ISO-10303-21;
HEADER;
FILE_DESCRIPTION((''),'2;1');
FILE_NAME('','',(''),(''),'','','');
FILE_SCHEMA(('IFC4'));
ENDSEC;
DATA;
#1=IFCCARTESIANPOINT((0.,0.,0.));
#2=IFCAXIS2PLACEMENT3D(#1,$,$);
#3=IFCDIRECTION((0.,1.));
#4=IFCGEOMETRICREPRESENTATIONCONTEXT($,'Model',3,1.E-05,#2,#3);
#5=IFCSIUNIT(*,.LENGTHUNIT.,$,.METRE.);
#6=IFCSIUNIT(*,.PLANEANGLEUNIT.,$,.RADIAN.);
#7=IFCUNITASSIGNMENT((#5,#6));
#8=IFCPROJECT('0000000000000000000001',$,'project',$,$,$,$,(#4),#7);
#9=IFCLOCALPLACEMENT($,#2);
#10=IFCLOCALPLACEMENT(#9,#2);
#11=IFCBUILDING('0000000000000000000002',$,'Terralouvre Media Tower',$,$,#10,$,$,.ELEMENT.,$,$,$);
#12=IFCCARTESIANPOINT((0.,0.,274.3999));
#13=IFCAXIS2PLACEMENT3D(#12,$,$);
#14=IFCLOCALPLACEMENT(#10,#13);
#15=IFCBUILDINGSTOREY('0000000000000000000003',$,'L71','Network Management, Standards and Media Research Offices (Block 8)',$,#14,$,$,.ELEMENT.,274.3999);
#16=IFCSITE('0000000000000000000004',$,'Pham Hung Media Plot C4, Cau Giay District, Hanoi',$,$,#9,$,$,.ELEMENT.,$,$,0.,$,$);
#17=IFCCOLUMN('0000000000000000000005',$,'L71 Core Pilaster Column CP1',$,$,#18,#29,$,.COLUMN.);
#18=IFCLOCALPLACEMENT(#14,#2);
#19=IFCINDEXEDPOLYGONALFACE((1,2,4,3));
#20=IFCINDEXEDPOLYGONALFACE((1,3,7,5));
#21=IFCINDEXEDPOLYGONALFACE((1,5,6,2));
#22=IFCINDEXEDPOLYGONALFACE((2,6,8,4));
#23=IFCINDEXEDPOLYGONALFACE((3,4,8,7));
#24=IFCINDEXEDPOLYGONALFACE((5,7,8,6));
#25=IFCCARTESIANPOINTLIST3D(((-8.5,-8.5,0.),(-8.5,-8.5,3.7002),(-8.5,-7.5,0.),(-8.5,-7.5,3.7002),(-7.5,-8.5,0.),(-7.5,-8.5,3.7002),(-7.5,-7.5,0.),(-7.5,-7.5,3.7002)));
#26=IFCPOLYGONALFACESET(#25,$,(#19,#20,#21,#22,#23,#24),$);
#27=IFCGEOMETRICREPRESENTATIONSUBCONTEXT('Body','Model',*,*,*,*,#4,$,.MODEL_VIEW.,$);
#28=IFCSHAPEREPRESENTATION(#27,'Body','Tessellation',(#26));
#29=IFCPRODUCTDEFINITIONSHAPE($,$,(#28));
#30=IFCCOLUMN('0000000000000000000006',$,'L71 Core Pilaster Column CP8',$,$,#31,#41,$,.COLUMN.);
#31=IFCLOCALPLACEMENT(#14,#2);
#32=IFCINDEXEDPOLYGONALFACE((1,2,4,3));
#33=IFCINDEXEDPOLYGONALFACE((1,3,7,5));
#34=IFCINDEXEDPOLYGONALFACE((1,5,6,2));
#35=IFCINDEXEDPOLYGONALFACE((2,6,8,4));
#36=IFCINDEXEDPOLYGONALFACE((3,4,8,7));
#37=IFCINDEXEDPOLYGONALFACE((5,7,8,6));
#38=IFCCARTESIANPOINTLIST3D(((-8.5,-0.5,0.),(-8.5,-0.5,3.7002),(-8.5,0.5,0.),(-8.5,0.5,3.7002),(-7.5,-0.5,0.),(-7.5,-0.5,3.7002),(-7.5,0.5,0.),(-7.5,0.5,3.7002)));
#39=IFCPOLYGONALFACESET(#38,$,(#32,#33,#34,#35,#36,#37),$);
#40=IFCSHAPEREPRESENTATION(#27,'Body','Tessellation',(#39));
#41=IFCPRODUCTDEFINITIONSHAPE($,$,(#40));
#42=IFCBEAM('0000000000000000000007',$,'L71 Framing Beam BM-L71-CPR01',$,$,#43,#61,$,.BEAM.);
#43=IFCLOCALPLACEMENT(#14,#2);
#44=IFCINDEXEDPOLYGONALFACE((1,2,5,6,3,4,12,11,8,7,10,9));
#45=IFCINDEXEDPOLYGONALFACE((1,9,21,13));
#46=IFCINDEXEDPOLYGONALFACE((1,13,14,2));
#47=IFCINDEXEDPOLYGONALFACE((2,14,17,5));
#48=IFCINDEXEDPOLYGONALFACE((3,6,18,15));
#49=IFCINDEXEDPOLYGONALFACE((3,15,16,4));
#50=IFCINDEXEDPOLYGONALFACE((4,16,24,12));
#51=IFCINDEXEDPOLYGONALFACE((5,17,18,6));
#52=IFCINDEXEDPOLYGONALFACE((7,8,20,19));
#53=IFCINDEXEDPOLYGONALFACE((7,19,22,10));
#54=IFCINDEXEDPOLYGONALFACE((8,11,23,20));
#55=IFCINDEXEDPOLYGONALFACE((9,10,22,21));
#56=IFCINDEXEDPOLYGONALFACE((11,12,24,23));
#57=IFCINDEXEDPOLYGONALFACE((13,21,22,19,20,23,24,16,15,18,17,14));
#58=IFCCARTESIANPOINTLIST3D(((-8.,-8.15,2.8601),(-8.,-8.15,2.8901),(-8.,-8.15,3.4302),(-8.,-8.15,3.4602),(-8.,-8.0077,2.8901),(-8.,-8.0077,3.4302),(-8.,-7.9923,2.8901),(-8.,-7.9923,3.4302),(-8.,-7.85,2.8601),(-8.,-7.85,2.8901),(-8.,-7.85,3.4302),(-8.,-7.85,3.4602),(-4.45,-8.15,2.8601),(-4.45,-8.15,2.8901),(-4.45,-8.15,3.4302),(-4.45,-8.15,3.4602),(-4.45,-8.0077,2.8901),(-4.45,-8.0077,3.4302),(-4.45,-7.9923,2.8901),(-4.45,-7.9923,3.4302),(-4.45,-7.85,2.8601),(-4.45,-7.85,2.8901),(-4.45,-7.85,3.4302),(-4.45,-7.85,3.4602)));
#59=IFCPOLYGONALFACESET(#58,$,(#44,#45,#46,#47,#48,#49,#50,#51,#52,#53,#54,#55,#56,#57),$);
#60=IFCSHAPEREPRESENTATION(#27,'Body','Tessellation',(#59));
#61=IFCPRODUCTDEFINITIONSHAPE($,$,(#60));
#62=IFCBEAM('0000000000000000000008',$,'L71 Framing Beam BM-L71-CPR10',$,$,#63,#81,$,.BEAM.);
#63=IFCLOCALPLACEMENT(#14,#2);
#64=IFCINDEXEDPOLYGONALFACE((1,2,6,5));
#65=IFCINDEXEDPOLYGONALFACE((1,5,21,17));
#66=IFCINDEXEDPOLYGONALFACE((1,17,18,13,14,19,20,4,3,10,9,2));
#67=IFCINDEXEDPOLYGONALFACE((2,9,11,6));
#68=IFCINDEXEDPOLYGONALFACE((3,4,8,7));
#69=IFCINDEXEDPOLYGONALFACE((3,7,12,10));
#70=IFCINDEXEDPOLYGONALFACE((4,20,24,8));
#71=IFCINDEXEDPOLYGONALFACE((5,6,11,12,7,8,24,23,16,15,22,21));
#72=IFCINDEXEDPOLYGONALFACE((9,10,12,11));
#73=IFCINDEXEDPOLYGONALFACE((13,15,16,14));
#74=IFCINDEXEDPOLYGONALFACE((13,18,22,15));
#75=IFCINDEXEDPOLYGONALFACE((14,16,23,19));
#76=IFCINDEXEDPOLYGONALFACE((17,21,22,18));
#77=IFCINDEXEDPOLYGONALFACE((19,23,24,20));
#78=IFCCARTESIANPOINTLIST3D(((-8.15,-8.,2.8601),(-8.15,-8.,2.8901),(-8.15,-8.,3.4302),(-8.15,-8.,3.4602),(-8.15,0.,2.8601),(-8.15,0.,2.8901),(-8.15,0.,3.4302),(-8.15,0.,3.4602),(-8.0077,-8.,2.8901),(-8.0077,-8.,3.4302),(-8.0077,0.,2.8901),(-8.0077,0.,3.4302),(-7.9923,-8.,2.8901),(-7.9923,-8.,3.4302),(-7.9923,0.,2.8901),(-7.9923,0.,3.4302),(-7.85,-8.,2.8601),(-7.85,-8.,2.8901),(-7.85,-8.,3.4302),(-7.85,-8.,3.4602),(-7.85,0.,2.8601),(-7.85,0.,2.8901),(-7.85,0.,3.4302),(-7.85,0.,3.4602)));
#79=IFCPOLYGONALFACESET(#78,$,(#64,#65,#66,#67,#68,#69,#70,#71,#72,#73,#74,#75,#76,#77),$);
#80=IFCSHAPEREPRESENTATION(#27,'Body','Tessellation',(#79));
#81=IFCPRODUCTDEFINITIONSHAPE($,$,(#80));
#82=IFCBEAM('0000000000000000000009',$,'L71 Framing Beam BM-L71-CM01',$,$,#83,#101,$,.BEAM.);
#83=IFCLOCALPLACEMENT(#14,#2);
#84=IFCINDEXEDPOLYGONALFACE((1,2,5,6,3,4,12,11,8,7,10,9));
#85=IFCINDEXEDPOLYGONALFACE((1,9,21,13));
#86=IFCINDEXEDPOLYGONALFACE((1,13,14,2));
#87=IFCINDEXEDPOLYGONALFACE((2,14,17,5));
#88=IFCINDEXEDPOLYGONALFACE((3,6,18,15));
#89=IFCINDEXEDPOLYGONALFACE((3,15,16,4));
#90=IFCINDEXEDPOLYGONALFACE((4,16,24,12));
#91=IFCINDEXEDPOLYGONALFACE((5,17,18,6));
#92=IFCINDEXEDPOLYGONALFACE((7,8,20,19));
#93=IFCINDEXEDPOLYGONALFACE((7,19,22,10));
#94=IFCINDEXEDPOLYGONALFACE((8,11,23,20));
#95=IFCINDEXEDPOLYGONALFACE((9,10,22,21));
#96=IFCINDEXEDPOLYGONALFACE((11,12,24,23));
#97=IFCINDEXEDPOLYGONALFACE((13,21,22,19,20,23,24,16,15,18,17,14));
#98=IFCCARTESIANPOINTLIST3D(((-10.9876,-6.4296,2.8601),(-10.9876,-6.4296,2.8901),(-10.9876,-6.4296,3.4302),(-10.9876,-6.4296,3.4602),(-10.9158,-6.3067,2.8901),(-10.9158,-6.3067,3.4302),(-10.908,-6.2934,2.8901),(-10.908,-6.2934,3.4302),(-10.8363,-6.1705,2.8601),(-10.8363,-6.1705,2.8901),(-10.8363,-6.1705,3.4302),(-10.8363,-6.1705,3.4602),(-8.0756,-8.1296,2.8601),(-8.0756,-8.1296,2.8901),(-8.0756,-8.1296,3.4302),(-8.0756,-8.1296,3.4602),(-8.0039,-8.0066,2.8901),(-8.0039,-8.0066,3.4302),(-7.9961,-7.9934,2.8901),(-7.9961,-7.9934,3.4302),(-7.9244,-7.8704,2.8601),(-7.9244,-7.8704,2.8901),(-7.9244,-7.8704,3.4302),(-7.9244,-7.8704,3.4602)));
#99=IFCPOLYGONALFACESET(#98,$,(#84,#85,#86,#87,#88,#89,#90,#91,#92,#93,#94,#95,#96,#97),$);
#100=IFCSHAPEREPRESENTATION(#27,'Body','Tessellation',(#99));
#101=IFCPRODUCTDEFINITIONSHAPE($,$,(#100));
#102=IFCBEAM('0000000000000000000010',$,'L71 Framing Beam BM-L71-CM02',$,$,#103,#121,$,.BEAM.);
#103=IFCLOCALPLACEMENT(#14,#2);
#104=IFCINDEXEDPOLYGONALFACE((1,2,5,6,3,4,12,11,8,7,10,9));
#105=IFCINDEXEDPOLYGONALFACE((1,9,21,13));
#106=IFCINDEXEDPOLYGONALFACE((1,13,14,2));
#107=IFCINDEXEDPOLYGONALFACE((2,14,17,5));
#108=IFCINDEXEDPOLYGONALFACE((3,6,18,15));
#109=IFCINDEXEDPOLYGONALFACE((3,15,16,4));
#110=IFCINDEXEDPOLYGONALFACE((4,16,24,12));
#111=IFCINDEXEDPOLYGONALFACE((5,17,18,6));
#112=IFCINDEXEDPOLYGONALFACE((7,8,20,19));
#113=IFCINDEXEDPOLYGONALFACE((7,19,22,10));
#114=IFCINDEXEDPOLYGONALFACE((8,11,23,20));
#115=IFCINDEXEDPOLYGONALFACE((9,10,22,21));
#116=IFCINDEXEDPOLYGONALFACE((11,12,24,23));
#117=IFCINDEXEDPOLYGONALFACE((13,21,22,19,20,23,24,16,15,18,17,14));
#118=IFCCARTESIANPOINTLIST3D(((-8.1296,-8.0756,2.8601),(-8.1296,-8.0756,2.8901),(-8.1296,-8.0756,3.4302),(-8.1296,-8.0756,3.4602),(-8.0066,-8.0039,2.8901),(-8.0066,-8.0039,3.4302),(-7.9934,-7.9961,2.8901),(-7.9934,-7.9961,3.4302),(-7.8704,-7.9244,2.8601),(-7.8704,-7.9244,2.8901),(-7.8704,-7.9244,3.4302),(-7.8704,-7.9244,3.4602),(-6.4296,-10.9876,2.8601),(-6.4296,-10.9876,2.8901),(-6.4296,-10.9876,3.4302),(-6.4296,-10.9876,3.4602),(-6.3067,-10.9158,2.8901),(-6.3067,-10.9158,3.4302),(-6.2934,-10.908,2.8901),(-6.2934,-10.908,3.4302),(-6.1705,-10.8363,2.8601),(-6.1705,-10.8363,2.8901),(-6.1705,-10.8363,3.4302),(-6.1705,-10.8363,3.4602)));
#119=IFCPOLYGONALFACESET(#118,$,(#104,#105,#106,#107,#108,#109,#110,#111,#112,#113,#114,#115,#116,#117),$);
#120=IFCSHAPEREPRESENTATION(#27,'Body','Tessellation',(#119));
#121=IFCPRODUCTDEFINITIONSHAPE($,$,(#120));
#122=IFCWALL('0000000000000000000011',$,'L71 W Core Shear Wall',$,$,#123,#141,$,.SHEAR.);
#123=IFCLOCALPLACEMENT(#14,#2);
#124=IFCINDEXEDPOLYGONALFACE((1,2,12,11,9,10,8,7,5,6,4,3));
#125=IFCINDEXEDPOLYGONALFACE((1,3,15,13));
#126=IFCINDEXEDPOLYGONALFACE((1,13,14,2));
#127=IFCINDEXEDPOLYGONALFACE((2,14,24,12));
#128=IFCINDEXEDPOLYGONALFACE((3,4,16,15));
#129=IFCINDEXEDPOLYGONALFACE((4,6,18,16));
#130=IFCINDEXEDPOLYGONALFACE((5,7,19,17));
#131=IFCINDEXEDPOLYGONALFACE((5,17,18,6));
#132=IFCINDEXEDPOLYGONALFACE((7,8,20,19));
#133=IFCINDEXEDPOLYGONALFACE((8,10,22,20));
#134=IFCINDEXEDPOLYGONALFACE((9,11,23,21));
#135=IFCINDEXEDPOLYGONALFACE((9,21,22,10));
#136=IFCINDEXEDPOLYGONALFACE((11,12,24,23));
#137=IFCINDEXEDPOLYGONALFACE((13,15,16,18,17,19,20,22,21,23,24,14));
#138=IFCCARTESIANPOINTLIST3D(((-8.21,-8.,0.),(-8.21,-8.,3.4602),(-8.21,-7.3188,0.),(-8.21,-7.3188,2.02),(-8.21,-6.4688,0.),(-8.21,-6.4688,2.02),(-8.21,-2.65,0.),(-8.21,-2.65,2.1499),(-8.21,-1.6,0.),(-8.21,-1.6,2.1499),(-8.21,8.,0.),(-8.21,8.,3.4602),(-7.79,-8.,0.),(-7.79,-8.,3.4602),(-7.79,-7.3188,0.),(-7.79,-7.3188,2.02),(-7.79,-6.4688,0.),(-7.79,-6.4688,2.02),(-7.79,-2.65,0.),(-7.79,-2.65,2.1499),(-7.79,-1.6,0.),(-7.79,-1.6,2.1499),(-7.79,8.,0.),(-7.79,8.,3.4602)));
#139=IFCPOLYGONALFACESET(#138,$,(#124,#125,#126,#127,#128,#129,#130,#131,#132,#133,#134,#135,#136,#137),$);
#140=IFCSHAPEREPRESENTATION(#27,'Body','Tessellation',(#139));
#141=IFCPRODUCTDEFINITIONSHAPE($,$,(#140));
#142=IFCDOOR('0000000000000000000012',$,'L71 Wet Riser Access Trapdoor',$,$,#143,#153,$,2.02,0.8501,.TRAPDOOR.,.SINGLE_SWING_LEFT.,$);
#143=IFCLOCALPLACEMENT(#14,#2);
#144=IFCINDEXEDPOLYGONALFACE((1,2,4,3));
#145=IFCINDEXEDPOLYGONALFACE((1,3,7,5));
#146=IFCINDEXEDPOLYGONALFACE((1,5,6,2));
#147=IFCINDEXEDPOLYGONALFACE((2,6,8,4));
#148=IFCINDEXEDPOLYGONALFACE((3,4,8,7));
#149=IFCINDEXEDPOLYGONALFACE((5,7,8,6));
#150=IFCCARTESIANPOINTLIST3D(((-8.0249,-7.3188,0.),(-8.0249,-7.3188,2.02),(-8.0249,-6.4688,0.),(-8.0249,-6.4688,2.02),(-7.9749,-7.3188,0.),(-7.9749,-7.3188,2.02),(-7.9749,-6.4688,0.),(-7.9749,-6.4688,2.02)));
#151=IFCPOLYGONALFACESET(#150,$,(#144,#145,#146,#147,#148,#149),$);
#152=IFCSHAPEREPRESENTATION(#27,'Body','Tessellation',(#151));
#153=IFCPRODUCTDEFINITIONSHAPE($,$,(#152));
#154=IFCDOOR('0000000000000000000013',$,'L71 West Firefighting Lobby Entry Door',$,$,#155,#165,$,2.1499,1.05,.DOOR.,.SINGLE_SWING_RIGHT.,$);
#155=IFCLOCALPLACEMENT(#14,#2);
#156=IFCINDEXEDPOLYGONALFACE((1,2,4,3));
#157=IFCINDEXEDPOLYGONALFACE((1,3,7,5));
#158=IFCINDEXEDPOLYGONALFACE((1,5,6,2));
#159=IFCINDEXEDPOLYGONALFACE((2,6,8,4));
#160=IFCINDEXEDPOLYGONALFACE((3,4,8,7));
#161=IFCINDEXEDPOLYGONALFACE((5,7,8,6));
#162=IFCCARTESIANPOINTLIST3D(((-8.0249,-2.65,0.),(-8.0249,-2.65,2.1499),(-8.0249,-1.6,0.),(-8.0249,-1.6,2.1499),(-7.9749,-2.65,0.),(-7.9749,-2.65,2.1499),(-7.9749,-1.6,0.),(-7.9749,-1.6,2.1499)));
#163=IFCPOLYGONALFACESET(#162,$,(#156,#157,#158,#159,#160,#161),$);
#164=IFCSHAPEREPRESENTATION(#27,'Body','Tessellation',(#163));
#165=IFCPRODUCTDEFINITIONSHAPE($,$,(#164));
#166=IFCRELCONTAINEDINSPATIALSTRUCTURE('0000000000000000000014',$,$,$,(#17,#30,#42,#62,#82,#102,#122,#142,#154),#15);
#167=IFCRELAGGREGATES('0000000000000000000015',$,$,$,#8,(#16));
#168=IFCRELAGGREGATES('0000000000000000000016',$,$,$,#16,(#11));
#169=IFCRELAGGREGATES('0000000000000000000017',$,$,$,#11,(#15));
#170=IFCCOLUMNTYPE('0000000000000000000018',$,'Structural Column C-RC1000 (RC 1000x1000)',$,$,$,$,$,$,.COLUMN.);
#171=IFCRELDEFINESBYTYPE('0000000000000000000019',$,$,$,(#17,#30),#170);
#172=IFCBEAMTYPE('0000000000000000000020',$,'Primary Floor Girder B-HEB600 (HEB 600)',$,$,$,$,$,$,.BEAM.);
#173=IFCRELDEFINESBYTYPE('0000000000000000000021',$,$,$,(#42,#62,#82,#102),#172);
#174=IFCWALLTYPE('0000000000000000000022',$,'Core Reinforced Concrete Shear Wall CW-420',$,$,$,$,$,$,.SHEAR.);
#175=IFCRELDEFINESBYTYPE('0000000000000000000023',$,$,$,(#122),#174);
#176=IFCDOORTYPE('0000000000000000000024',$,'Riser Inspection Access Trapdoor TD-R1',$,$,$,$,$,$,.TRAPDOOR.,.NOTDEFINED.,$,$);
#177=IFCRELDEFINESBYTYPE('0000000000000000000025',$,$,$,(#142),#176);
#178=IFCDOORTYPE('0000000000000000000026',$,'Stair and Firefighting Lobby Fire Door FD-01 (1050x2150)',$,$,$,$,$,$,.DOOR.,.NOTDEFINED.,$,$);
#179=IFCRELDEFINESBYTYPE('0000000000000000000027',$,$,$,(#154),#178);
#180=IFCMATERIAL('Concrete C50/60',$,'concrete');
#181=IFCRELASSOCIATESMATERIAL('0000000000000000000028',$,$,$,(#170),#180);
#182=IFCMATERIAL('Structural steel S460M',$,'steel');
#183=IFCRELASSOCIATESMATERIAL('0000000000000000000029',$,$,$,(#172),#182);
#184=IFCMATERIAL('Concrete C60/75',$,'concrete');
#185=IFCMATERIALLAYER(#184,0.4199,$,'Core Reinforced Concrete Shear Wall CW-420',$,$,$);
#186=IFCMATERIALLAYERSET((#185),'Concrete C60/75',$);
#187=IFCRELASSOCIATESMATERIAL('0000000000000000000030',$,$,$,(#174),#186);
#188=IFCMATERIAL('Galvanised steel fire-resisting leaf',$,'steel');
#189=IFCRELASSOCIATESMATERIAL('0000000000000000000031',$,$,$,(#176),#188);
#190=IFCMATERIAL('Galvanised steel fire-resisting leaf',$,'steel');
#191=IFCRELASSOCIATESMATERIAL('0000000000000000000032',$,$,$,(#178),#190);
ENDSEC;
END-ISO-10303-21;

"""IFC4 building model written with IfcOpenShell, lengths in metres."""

from ifc_helpers import new_model, si_unit, direction, frame, frame_2d, origin, origin_2d, place, context, subcontext, project, spatial, rectangle, i_section, extrude, material, layer, layer_set, material_profile, profile_set, type_object, element, fill, save


model = new_model("IFC4")

# Units and contexts
model_context = context("Model", 3, precision=1e-05, world=origin(), true_north=direction((0.0, 1.0)))
body_context = subcontext(model_context, "Body", "Model", "MODEL_VIEW")
ifc_project = project(units=[si_unit("LENGTHUNIT", "METRE"), si_unit("PLANEANGLEUNIT", "RADIAN")], contexts=[model_context])

# Site, building, storey
site_placement = place(None, origin())
site = spatial("IfcSite", under=ifc_project, at=site_placement, Name="Pham Hung Media Plot C4, Cau Giay District, Hanoi", CompositionType="ELEMENT", RefElevation=0.0)
building_placement = place(site_placement, origin())
building = spatial("IfcBuilding", under=site, at=building_placement, Name="Terralouvre Media Tower", CompositionType="ELEMENT")
storey_placement = place(building_placement, frame((0.0, 0.0, 274.3999)))
storey = spatial("IfcBuildingStorey", under=building, at=storey_placement, Name="L71", Description="Network Management, Standards and Media Research Offices (Block 8)", CompositionType="ELEMENT", Elevation=274.3999)

# Columns
ifc_material_1 = material(Name="Concrete C50/60", Category="concrete")
ifc_material_profile_1 = material_profile(ifc_material_1, rectangle(XDim=1.0, YDim=1.0, at=origin_2d()), Name="RC 1000x1000")
ifc_profile_set_1 = profile_set([ifc_material_profile_1], Name="Concrete C50/60")
column_type = type_object("IfcColumnType", Name="Structural Column C-RC1000 (RC 1000x1000)", PredefinedType="COLUMN", material=ifc_profile_set_1)
for number, where, z_axis, x_axis, name in (
    (1, (-8.0, -8.0, 0.0), (0.0, 0.0, 1.0), (1.0, 0.0, 0.0), "L71 Core Pilaster Column CP1"),
    (2, (-8.0, 0.0, 0.0), (0.0, 0.0, 1.0), (1.0, 0.0, 0.0), "L71 Core Pilaster Column CP8"),
):
    element("IfcColumn", number, at=place(storey_placement, frame(where, z_axis=z_axis, x_axis=x_axis)), inside=storey, type_object=column_type, Name=name, PredefinedType="COLUMN", context=body_context, shape_type="SweptSolid", body=[
        extrude(rectangle(XDim=1.0, YDim=1.0, at=origin_2d()), origin(), (0.0, 0.0, 1.0), 3.7002),
    ])

# Beams
ifc_material_2 = material(Name="Structural steel S460M", Category="steel")
ifc_material_profile_2 = material_profile(ifc_material_2, i_section(OverallWidth=0.3, OverallDepth=0.6001, WebThickness=0.0154, FlangeThickness=0.03, at=origin_2d()), Name="HEB 600")
ifc_profile_set_2 = profile_set([ifc_material_profile_2], Name="Structural steel S460M")
beam_type = type_object("IfcBeamType", Name="Primary Floor Girder B-HEB600 (HEB 600)", PredefinedType="BEAM", material=ifc_profile_set_2)
beam_1_placement = place(storey_placement, frame((-8.0, -8.0, 3.1602), z_axis=(1.0, 0.0, 0.0), x_axis=(0.0, 1.0, 0.0)))
element("IfcBeam", 3, at=beam_1_placement, inside=storey, type_object=beam_type, Name="L71 Framing Beam BM-L71-CPR01", PredefinedType="BEAM", context=body_context, shape_type="SweptSolid", body=[
    extrude(i_section(OverallWidth=0.3, OverallDepth=0.6001, WebThickness=0.0154, FlangeThickness=0.03, at=origin_2d()), origin(), (0.0, 0.0, 1.0), 3.55),
])
beam_2_placement = place(storey_placement, frame((-8.0, 0.0, 3.1602), z_axis=(0.0, -1.0, 0.0), x_axis=(1.0, 0.0, 0.0)))
element("IfcBeam", 4, at=beam_2_placement, inside=storey, type_object=beam_type, Name="L71 Framing Beam BM-L71-CPR10", PredefinedType="BEAM", context=body_context, shape_type="SweptSolid", body=[
    extrude(i_section(OverallWidth=0.3, OverallDepth=0.6001, WebThickness=0.0154, FlangeThickness=0.03, at=origin_2d()), origin(), (0.0, 0.0, 1.0), 8.0),
])
for number, where, z_axis, x_axis, name in (
    (5, (-8.0, -8.0, 3.1602), (-0.863603, 0.504173, 0.0), (-0.504173, -0.863603, 0.0), "L71 Framing Beam BM-L71-CM01"),
    (6, (-8.0, -8.0, 3.1602), (0.504173, -0.863603, 0.0), (0.863603, 0.504173, 0.0), "L71 Framing Beam BM-L71-CM02"),
):
    element("IfcBeam", number, at=place(storey_placement, frame(where, z_axis=z_axis, x_axis=x_axis)), inside=storey, type_object=beam_type, Name=name, PredefinedType="BEAM", context=body_context, shape_type="SweptSolid", body=[
        extrude(i_section(OverallWidth=0.3, OverallDepth=0.6001, WebThickness=0.0154, FlangeThickness=0.03, at=origin_2d()), origin(), (0.0, 0.0, 1.0), 3.3718),
    ])

# Wall, openings, doors
ifc_material_3 = material(Name="Concrete C60/75", Category="concrete")
ifc_layer_1 = layer(ifc_material_3, 0.4199, Name="Core Reinforced Concrete Shear Wall CW-420")
ifc_layer_set_1 = layer_set([ifc_layer_1], Name="Concrete C60/75")
wall_type_1 = type_object("IfcWallType", Name="Core Reinforced Concrete Shear Wall CW-420", PredefinedType="SHEAR", material=ifc_layer_set_1)
wall_1_placement = place(storey_placement, frame((-8.0, -8.0, 0.0), z_axis=(0.0, 0.0, 1.0), x_axis=(0.0, 1.0, 0.0)))
wall_1 = element("IfcWall", 7, at=wall_1_placement, inside=storey, type_object=wall_type_1, Name="L71 W Core Shear Wall", PredefinedType="SHEAR", context=body_context, shape_type="SweptSolid", body=[
    extrude(rectangle(XDim=16.0, YDim=0.4199, at=frame_2d((8.0, 0.0))), origin(), (0.0, 0.0, 1.0), 3.4602),
])
opening_1_placement = place(wall_1_placement, frame((0.6812, 0.0, 0.0)))
opening_1 = element("IfcOpeningElement", 8, at=opening_1_placement, cuts=wall_1, PredefinedType="OPENING", context=body_context, shape_type="SweptSolid", body=[
    extrude(rectangle(XDim=0.8501, YDim=2.02, at=frame_2d((0.425, 1.01))), frame((0.0, 0.22, 0.0), z_axis=(0.0, -1.0, 0.0), x_axis=(1.0, 0.0, 0.0)), (0.0, 0.0, 1.0), 0.4399),
])
opening_2_placement = place(wall_1_placement, frame((5.3501, 0.0, 0.0)))
opening_2 = element("IfcOpeningElement", 9, at=opening_2_placement, cuts=wall_1, PredefinedType="OPENING", context=body_context, shape_type="SweptSolid", body=[
    extrude(rectangle(XDim=1.05, YDim=2.1499, at=frame_2d((0.5249, 1.075))), frame((0.0, 0.22, 0.0), z_axis=(0.0, -1.0, 0.0), x_axis=(1.0, 0.0, 0.0)), (0.0, 0.0, 1.0), 0.4399),
])
ifc_material_4 = material(Name="Galvanised steel fire-resisting leaf", Category="steel")
door_type_1 = type_object("IfcDoorType", Name="Riser Inspection Access Trapdoor TD-R1", OperationType="NOTDEFINED", PredefinedType="TRAPDOOR", material=ifc_material_4)
door_1_placement = place(opening_1_placement, origin())
door_1 = element("IfcDoor", 10, at=door_1_placement, inside=storey, type_object=door_type_1, Name="L71 Wet Riser Access Trapdoor", OperationType="SINGLE_SWING_LEFT", OverallHeight=2.02, OverallWidth=0.8501, PredefinedType="TRAPDOOR", context=body_context, shape_type="SweptSolid", body=[
    extrude(rectangle(XDim=0.8501, YDim=2.02, at=frame_2d((0.425, 1.01))), frame((0.0, 0.0249, 0.0), z_axis=(0.0, -1.0, 0.0), x_axis=(1.0, 0.0, 0.0)), (0.0, 0.0, 1.0), 0.05),
])
fill(opening_1, door_1)
ifc_material_5 = material(Name="Galvanised steel fire-resisting leaf", Category="steel")
door_type_2 = type_object("IfcDoorType", Name="Stair and Firefighting Lobby Fire Door FD-01 (1050x2150)", OperationType="NOTDEFINED", PredefinedType="DOOR", material=ifc_material_5)
door_2_placement = place(opening_2_placement, origin())
door_2 = element("IfcDoor", 11, at=door_2_placement, inside=storey, type_object=door_type_2, Name="L71 West Firefighting Lobby Entry Door", OperationType="SINGLE_SWING_RIGHT", OverallHeight=2.1499, OverallWidth=1.05, PredefinedType="DOOR", context=body_context, shape_type="SweptSolid", body=[
    extrude(rectangle(XDim=1.05, YDim=2.1499, at=frame_2d((0.5249, 1.075))), frame((0.0, 0.0249, 0.0), z_axis=(0.0, -1.0, 0.0), x_axis=(1.0, 0.0, 0.0)), (0.0, 0.0, 1.0), 0.05),
])
fill(opening_2, door_2)

save(model, "model.ifc")
